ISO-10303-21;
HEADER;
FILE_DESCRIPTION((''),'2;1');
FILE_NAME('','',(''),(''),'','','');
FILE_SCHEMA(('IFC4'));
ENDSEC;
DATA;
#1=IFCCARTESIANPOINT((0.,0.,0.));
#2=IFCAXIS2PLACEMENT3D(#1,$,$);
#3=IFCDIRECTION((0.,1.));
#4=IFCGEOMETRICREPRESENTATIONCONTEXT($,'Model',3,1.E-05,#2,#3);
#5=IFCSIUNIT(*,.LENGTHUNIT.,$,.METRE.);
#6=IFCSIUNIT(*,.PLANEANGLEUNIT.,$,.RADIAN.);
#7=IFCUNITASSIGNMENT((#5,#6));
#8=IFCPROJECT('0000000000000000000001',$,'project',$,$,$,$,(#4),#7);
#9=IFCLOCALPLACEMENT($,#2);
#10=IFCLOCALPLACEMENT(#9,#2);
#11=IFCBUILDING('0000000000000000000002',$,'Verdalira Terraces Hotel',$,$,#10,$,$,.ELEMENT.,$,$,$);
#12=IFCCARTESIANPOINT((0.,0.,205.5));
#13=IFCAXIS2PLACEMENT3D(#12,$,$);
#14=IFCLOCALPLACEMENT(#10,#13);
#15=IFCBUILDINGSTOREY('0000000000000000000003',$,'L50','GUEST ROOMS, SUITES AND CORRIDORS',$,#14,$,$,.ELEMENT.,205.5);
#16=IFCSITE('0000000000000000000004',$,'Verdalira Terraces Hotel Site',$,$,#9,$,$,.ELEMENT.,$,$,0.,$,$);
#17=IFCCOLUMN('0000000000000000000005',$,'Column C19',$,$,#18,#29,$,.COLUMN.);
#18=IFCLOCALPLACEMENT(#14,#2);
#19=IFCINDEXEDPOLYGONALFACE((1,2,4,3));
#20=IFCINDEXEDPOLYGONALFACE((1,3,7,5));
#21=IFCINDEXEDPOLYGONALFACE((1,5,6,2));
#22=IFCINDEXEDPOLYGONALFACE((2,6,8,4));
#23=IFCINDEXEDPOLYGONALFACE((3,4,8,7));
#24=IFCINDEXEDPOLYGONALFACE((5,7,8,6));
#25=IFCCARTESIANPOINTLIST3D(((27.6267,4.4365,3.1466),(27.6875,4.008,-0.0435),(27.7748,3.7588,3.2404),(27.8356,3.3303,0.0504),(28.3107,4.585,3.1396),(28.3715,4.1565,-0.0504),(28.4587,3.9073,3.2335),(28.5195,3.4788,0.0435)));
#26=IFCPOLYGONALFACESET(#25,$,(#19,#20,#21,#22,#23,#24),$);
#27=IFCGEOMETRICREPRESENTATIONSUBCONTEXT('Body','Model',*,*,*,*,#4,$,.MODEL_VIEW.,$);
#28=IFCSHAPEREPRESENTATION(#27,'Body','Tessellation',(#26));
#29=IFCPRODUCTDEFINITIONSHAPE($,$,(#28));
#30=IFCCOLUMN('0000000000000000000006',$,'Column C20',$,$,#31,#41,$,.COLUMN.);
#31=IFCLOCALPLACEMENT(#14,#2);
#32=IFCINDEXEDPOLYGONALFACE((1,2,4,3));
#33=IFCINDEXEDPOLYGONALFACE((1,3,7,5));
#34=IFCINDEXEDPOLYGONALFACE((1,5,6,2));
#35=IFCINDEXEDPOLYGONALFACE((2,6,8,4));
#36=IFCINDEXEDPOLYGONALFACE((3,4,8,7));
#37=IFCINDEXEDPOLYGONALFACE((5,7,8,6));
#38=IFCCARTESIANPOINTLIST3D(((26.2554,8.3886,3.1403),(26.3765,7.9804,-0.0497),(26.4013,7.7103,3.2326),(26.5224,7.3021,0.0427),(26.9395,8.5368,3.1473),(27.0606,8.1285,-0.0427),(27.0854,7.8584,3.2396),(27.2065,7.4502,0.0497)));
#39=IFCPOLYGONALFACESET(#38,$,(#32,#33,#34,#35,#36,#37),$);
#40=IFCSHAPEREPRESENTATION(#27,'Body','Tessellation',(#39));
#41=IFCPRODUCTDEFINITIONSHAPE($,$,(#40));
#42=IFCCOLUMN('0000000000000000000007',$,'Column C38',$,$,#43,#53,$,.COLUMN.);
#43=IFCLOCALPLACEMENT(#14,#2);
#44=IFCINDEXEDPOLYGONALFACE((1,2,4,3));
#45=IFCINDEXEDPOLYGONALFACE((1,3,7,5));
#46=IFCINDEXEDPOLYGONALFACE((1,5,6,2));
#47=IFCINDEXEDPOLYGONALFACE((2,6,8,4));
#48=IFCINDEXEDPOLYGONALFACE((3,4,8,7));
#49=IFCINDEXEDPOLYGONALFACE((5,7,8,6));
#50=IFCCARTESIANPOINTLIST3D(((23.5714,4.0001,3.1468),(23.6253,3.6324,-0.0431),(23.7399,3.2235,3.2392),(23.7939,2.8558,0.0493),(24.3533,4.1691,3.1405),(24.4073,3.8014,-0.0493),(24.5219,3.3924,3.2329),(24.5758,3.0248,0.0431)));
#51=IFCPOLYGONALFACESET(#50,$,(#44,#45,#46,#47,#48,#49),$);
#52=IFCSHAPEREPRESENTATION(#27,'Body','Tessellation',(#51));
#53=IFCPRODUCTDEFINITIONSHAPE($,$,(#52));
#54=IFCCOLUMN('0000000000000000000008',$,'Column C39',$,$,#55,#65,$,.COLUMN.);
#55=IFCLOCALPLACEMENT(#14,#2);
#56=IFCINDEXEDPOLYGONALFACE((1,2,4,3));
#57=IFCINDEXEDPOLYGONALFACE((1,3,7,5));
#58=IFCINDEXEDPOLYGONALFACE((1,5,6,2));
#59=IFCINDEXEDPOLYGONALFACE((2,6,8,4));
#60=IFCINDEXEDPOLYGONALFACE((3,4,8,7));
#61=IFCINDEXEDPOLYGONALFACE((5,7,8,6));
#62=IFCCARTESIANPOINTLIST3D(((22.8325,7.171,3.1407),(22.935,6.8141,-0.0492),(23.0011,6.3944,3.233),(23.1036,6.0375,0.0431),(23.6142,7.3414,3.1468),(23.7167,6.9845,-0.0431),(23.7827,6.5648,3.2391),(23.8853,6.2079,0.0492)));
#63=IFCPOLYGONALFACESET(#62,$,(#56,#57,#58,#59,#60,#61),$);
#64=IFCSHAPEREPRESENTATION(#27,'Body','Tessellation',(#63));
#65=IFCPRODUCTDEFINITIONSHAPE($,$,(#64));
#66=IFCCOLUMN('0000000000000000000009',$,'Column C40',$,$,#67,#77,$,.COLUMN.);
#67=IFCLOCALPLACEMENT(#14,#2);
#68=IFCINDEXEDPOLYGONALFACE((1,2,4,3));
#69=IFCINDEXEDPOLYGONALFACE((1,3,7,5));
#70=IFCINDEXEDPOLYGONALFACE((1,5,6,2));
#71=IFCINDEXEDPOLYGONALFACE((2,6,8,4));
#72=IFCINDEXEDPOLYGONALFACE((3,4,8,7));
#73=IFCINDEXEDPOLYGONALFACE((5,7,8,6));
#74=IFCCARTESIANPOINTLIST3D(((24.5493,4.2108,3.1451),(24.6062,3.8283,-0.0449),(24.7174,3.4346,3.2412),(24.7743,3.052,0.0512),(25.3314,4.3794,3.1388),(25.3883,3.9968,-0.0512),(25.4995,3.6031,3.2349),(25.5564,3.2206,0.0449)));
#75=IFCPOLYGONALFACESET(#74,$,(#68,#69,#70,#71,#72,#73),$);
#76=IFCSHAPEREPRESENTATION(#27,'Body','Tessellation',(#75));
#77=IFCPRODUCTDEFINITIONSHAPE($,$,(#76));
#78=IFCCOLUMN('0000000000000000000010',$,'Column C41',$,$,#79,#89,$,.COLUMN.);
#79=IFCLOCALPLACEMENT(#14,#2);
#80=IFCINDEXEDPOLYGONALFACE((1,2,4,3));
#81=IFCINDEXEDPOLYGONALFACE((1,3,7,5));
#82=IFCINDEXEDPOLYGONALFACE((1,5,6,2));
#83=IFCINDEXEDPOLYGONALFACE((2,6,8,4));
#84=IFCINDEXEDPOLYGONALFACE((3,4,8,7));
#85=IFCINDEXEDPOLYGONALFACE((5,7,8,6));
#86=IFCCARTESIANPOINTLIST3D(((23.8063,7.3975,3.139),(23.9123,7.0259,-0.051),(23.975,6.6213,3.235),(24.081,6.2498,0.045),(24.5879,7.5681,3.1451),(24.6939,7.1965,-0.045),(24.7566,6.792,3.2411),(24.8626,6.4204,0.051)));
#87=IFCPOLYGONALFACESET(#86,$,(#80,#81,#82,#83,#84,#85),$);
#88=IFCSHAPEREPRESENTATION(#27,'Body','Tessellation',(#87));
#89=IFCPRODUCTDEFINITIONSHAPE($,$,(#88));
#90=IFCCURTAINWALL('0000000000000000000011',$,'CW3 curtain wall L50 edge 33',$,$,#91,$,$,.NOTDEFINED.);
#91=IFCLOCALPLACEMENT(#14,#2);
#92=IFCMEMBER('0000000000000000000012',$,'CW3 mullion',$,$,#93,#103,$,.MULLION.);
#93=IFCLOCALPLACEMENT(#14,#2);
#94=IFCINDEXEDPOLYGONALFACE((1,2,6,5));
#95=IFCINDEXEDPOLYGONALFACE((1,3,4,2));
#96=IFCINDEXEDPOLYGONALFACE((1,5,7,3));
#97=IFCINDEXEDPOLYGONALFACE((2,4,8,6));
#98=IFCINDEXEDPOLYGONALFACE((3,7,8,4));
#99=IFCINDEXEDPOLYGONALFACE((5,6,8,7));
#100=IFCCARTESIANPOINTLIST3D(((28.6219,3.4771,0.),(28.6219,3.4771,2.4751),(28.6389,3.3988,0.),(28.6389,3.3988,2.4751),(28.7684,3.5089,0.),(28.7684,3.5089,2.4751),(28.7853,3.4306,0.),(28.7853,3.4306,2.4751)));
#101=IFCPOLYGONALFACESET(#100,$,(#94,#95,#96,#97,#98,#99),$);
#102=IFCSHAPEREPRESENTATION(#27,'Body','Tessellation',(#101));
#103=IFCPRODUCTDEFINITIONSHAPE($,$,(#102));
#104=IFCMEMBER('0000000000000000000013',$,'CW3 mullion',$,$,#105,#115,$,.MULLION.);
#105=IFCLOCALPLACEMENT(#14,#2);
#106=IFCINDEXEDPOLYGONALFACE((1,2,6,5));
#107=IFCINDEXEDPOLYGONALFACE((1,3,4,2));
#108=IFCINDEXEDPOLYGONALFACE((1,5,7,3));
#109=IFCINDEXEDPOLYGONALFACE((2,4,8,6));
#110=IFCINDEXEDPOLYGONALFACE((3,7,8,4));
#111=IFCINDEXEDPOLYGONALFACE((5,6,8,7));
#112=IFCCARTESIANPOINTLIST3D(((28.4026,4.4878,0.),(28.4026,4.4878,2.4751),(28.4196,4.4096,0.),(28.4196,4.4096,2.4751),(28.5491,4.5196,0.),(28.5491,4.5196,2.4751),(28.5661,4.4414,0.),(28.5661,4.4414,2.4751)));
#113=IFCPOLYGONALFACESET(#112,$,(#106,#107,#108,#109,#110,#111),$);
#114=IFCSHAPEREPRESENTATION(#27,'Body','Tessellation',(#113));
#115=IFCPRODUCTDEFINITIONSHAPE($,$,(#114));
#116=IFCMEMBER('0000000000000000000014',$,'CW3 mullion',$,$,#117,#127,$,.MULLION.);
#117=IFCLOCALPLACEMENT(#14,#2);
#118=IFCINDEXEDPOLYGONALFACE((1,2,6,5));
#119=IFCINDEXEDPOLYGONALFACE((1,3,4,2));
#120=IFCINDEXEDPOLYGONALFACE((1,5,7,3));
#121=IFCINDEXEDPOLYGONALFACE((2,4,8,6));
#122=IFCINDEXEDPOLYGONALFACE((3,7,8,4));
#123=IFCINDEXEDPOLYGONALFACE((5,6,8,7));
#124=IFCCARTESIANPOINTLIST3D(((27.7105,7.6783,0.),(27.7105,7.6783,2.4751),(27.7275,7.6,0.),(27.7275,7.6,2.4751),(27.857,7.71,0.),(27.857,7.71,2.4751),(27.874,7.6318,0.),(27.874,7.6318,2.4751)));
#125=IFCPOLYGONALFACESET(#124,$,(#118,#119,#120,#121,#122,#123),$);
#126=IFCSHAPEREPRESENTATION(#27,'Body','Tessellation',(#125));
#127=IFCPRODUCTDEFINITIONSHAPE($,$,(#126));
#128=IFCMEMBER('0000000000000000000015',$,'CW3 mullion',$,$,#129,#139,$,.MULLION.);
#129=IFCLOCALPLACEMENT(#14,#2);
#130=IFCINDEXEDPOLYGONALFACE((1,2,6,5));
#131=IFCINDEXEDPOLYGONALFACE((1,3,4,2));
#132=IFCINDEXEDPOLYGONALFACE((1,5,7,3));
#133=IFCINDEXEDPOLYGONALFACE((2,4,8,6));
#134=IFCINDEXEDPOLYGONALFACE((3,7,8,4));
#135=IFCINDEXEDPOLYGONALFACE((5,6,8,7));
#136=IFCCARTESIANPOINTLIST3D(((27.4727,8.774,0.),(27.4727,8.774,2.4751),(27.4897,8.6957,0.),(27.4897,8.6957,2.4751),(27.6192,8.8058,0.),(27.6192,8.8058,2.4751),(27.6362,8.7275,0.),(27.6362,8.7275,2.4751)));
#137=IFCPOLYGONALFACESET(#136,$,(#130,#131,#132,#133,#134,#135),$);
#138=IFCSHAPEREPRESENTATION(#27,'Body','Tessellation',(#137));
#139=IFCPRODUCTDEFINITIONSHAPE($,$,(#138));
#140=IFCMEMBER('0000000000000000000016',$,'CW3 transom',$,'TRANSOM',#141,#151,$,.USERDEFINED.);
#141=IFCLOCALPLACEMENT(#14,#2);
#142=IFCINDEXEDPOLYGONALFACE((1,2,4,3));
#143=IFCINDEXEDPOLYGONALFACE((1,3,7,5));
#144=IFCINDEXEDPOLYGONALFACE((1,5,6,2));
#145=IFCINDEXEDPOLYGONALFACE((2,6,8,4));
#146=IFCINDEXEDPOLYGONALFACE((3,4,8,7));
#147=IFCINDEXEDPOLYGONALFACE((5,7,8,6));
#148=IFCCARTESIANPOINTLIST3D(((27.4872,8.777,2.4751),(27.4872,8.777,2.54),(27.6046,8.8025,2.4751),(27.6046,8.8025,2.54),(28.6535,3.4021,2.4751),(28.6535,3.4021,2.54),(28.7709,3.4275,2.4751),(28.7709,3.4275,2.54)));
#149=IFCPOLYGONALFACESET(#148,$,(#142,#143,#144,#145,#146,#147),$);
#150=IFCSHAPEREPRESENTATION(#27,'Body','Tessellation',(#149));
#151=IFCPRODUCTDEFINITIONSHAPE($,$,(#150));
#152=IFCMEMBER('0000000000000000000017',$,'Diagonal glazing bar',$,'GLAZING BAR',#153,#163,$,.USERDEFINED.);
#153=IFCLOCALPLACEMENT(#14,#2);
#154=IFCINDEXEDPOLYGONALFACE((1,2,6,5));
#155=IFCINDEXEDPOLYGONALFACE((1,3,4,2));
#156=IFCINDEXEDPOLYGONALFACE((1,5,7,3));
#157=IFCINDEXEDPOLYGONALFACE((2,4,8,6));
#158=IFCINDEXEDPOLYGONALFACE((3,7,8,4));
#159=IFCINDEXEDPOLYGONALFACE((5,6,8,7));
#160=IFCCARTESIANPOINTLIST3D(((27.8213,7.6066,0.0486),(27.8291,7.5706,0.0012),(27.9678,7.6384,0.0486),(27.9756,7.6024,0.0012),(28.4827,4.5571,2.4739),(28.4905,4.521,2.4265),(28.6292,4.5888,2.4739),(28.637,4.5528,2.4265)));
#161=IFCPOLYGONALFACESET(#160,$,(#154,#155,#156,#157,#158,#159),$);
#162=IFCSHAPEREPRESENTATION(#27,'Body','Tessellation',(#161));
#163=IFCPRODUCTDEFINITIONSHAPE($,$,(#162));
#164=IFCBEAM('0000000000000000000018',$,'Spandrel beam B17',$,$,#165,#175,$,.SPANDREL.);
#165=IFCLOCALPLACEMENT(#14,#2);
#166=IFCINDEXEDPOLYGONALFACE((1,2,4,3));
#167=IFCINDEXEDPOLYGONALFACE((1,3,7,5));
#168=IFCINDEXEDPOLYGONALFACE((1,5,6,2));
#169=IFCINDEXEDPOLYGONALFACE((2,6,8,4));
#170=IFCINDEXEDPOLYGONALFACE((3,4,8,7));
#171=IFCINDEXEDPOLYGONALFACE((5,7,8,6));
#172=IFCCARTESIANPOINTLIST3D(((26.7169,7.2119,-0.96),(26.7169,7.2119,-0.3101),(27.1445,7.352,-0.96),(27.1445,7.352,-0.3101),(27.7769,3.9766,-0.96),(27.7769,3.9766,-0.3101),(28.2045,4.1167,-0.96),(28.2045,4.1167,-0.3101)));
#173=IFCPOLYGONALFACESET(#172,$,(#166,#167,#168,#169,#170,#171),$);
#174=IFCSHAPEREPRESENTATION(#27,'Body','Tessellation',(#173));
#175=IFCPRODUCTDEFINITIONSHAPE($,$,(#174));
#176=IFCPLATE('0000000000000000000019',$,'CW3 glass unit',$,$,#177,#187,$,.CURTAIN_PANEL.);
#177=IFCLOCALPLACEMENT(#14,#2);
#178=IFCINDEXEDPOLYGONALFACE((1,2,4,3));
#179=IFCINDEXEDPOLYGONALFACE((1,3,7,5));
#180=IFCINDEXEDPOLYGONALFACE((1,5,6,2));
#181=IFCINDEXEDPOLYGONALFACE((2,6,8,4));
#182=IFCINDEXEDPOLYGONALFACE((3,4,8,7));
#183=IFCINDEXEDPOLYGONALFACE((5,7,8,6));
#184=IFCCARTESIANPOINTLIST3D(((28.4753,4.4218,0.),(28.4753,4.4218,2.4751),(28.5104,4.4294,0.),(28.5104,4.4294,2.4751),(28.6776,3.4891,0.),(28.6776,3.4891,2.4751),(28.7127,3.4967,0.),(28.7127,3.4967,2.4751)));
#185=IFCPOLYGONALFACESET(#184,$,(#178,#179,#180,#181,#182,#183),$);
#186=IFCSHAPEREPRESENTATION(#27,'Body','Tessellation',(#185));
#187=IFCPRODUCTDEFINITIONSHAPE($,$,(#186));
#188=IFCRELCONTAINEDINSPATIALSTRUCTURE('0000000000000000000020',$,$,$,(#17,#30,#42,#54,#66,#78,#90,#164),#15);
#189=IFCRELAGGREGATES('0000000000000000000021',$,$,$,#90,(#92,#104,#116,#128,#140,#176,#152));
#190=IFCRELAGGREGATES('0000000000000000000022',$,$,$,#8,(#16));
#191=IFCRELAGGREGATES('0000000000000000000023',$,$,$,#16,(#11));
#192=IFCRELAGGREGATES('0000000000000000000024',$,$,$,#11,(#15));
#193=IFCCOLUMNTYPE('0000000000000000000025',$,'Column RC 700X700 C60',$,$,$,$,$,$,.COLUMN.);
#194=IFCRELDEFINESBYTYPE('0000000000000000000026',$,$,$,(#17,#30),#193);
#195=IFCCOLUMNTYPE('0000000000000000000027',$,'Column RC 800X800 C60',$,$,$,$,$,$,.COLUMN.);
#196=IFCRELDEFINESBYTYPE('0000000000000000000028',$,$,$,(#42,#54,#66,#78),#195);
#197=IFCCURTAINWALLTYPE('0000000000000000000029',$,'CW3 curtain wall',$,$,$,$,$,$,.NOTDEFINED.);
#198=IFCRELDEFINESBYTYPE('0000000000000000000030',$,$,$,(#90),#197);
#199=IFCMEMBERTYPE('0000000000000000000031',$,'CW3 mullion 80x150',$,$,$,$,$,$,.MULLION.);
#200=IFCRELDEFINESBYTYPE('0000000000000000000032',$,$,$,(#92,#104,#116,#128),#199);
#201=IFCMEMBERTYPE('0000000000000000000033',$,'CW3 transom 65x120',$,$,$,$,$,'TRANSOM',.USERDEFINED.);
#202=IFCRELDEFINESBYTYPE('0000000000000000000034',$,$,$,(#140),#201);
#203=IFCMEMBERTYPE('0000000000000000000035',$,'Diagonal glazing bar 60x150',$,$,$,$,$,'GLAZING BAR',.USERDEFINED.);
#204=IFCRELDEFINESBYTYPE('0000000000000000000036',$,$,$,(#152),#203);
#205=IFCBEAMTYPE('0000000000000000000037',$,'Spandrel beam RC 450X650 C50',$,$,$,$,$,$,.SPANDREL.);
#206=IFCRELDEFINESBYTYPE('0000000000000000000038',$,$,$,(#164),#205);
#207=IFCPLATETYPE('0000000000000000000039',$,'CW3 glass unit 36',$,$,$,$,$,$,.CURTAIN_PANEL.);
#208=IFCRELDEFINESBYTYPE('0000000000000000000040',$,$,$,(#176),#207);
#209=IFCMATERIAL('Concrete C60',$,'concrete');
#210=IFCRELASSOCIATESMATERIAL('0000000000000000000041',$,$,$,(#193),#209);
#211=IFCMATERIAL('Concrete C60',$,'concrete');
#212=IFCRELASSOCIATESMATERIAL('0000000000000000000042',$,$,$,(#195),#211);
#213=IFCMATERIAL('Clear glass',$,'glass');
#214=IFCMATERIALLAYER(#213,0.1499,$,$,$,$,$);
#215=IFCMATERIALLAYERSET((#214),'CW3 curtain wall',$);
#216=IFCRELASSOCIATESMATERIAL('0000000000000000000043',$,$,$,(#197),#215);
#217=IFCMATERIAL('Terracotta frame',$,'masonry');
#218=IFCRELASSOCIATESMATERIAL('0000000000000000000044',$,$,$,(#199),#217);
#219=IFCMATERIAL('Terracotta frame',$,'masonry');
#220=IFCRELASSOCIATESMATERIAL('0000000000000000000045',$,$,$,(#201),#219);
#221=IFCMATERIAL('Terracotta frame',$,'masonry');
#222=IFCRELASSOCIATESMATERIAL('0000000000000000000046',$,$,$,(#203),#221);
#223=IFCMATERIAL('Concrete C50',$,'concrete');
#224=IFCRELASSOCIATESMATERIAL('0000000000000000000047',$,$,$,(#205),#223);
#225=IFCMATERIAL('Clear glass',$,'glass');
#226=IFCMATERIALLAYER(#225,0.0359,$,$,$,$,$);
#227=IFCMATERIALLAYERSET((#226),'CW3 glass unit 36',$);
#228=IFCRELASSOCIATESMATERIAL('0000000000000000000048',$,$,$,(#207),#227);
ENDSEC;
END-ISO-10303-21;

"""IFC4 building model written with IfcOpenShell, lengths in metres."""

from ifc_helpers import new_model, si_unit, direction, frame, origin, origin_2d, place, context, subcontext, project, spatial, rectangle, extrude, material, layer, layer_set, material_profile, profile_set, type_object, element, aggregate, save


model = new_model("IFC4")

# Units and contexts
model_context = context("Model", 3, precision=1e-05, world=origin(), true_north=direction((0.0, 1.0)))
body_context = subcontext(model_context, "Body", "Model", "MODEL_VIEW")
ifc_project = project(units=[si_unit("LENGTHUNIT", "METRE"), si_unit("PLANEANGLEUNIT", "RADIAN")], contexts=[model_context])

# Site, building, storey
site_placement = place(None, origin())
site = spatial("IfcSite", under=ifc_project, at=site_placement, Name="Verdalira Terraces Hotel Site", CompositionType="ELEMENT", RefElevation=0.0)
building_placement = place(site_placement, origin())
building = spatial("IfcBuilding", under=site, at=building_placement, Name="Verdalira Terraces Hotel", CompositionType="ELEMENT")
storey_placement = place(building_placement, frame((0.0, 0.0, 205.5)))
storey = spatial("IfcBuildingStorey", under=building, at=storey_placement, Name="L50", Description="GUEST ROOMS, SUITES AND CORRIDORS", CompositionType="ELEMENT", Elevation=205.5)

# Columns
ifc_material_1 = material(Name="Concrete C60", Category="concrete")
ifc_material_profile_1 = material_profile(ifc_material_1, rectangle(XDim=0.7, YDim=0.7, at=origin_2d()), Name="RC 700X700")
ifc_profile_set_1 = profile_set([ifc_material_profile_1], Name="Concrete C60")
column_type_1 = type_object("IfcColumnType", Name="Column RC 700X700 C60", PredefinedType="COLUMN", material=ifc_profile_set_1)
column_1_placement = place(storey_placement, frame((28.1035, 3.7434, 0.0), z_axis=(-0.018884, 0.133099, 0.990923), x_axis=(-0.211529, 0.968133, -0.134069)))
element("IfcColumn", 1, at=column_1_placement, inside=storey, type_object=column_type_1, Name="Column C19", PredefinedType="COLUMN", context=body_context, shape_type="SweptSolid", body=[
    extrude(rectangle(XDim=0.7, YDim=0.7, at=origin_2d()), origin(), (0.0, 0.0, 1.0), 3.2192),
])
column_2_placement = place(storey_placement, frame((26.7915, 7.7153, 0.0), z_axis=(-0.037627, 0.126841, 0.991209), x_axis=(-0.208486, 0.969087, -0.131924)))
element("IfcColumn", 2, at=column_2_placement, inside=storey, type_object=column_type_1, Name="Column C20", PredefinedType="COLUMN", context=body_context, shape_type="SweptSolid", body=[
    extrude(rectangle(XDim=0.7, YDim=0.7, at=origin_2d()), origin(), (0.0, 0.0, 1.0), 3.2183),
])
ifc_material_2 = material(Name="Concrete C60", Category="concrete")
ifc_material_profile_2 = material_profile(ifc_material_2, rectangle(XDim=0.8, YDim=0.8, at=origin_2d()), Name="RC 800X800")
ifc_profile_set_2 = profile_set([ifc_material_profile_2], Name="Concrete C60")
column_type_2 = type_object("IfcColumnType", Name="Column RC 800X800 C60", PredefinedType="COLUMN", material=ifc_profile_set_2)
for number, where, z_axis, x_axis, name in (
    (3, (24.1006, 3.3286, 0.0), (-0.016801, 0.114487, 0.993283), (0.977414, 0.211191, -0.00781), "Column C38"),
    (4, (23.4102, 6.511, 0.0), (-0.031929, 0.111143, 0.993291), (0.977034, 0.21295, 0.007579), "Column C39"),
):
    element("IfcColumn", number, at=place(storey_placement, frame(where, z_axis=z_axis, x_axis=x_axis)), inside=storey, type_object=column_type_2, Name=name, PredefinedType="COLUMN", context=body_context, shape_type="SweptSolid", body=[
        extrude(rectangle(XDim=0.8, YDim=0.8, at=origin_2d()), origin(), (0.0, 0.0, 1.0), 3.2114),
    ])
for number, where, z_axis, x_axis, name in (
    (5, (25.0813, 3.5244, 0.0), (-0.017703, 0.119058, 0.99273), (0.977517, 0.210712, -0.007839), "Column C40"),
    (6, (24.3875, 6.7231, 0.0), (-0.032975, 0.11564, 0.992744), (0.976959, 0.213292, 0.007605), "Column C41"),
):
    element("IfcColumn", number, at=place(storey_placement, frame(where, z_axis=z_axis, x_axis=x_axis)), inside=storey, type_object=column_type_2, Name=name, PredefinedType="COLUMN", context=body_context, shape_type="SweptSolid", body=[
        extrude(rectangle(XDim=0.8, YDim=0.8, at=origin_2d()), origin(), (0.0, 0.0, 1.0), 3.2134),
    ])

# Curtain wall, members
ifc_material_3 = material(Name="Clear glass", Category="glass")
ifc_layer_1 = layer(ifc_material_3, 0.1499)
ifc_layer_set_1 = layer_set([ifc_layer_1], Name="CW3 curtain wall")
curtain_wall_type = type_object("IfcCurtainWallType", Name="CW3 curtain wall", PredefinedType="NOTDEFINED", material=ifc_layer_set_1)
curtain_wall_placement = place(storey_placement, origin())
curtain_wall = element("IfcCurtainWall", 7, at=curtain_wall_placement, inside=storey, type_object=curtain_wall_type, Name="CW3 curtain wall L50 edge 33", PredefinedType="NOTDEFINED")
ifc_material_4 = material(Name="Terracotta frame", Category="masonry")
ifc_material_profile_3 = material_profile(ifc_material_4, rectangle(XDim=0.0801, YDim=0.1499, at=origin_2d()), Name="MU 80x150")
ifc_profile_set_3 = profile_set([ifc_material_profile_3], Name="Terracotta frame")
member_type_1 = type_object("IfcMemberType", Name="CW3 mullion 80x150", PredefinedType="MULLION", material=ifc_profile_set_3)
member_1_placement = place(storey_placement, frame((28.7036, 3.4539, 0.0), z_axis=(0.0, 0.0, 1.0), x_axis=(-0.212007, 0.977268, 0.0)))
member_1 = element("IfcMember", 8, at=member_1_placement, type_object=member_type_1, Name="CW3 mullion", PredefinedType="MULLION", context=body_context, shape_type="SweptSolid", body=[
    extrude(rectangle(XDim=0.0801, YDim=0.1499, at=origin_2d()), origin(), (0.0, 0.0, 1.0), 2.4751),
])
member_2_placement = place(storey_placement, frame((28.4844, 4.4646, 0.0), z_axis=(0.0, 0.0, 1.0), x_axis=(-0.212007, 0.977268, 0.0)))
member_2 = element("IfcMember", 9, at=member_2_placement, type_object=member_type_1, Name="CW3 mullion", PredefinedType="MULLION", context=body_context, shape_type="SweptSolid", body=[
    extrude(rectangle(XDim=0.0801, YDim=0.1499, at=origin_2d()), origin(), (0.0, 0.0, 1.0), 2.4751),
])
member_3_placement = place(storey_placement, frame((27.7922, 7.655, 0.0), z_axis=(0.0, 0.0, 1.0), x_axis=(-0.212007, 0.977268, 0.0)))
member_3 = element("IfcMember", 10, at=member_3_placement, type_object=member_type_1, Name="CW3 mullion", PredefinedType="MULLION", context=body_context, shape_type="SweptSolid", body=[
    extrude(rectangle(XDim=0.0801, YDim=0.1499, at=origin_2d()), origin(), (0.0, 0.0, 1.0), 2.4751),
])
member_4_placement = place(storey_placement, frame((27.5544, 8.7507, 0.0), z_axis=(0.0, 0.0, 1.0), x_axis=(-0.212007, 0.977268, 0.0)))
member_4 = element("IfcMember", 11, at=member_4_placement, type_object=member_type_1, Name="CW3 mullion", PredefinedType="MULLION", context=body_context, shape_type="SweptSolid", body=[
    extrude(rectangle(XDim=0.0801, YDim=0.1499, at=origin_2d()), origin(), (0.0, 0.0, 1.0), 2.4751),
])
ifc_material_5 = material(Name="Terracotta frame", Category="masonry")
ifc_material_profile_4 = material_profile(ifc_material_5, rectangle(XDim=0.1201, YDim=0.0649, at=origin_2d()), Name="TR 65x120")
ifc_profile_set_4 = profile_set([ifc_material_profile_4], Name="Terracotta frame")
member_type_2 = type_object("IfcMemberType", Name="CW3 transom 65x120", ElementType="TRANSOM", PredefinedType="USERDEFINED", material=ifc_profile_set_4)
member_5_placement = place(storey_placement, frame((28.7122, 3.4148, 2.5076), z_axis=(-0.212044, 0.97726, 0.0), x_axis=(-0.97726, -0.212044, 0.0)))
member_5 = element("IfcMember", 12, at=member_5_placement, type_object=member_type_2, Name="CW3 transom", ObjectType="TRANSOM", PredefinedType="USERDEFINED", context=body_context, shape_type="SweptSolid", body=[
    extrude(rectangle(XDim=0.1201, YDim=0.0649, at=origin_2d()), origin(), (0.0, 0.0, 1.0), 5.5),
])
ifc_material_6 = material(Name="Terracotta frame", Category="masonry")
ifc_material_profile_5 = material_profile(ifc_material_6, rectangle(XDim=0.1499, YDim=0.0601, at=origin_2d()), Name="GB 60x150")
ifc_profile_set_5 = profile_set([ifc_material_profile_5], Name="Terracotta frame")
member_type_3 = type_object("IfcMemberType", Name="Diagonal glazing bar 60x150", ElementType="GLAZING BAR", PredefinedType="USERDEFINED", material=ifc_profile_set_5)
member_6_placement = place(storey_placement, frame((28.5598, 4.5549, 2.4502), z_axis=(-0.167347, 0.771626, -0.613668), x_axis=(-0.977281, -0.211949, 0.0)))
member_6 = element("IfcMember", 13, at=member_6_placement, type_object=member_type_3, Name="Diagonal glazing bar", ObjectType="GLAZING BAR", PredefinedType="USERDEFINED", context=body_context, shape_type="SweptSolid", body=[
    extrude(rectangle(XDim=0.1499, YDim=0.0601, at=origin_2d()), origin(), (0.0, 0.0, 1.0), 3.9521),
])

# Beam
ifc_material_7 = material(Name="Concrete C50", Category="concrete")
ifc_material_profile_6 = material_profile(ifc_material_7, rectangle(XDim=0.45, YDim=0.6499, at=origin_2d()), Name="RC 450X650")
ifc_profile_set_6 = profile_set([ifc_material_profile_6], Name="Concrete C50")
beam_type = type_object("IfcBeamType", Name="Spandrel beam RC 450X650 C50", PredefinedType="SPANDREL", material=ifc_profile_set_6)
beam_placement = place(storey_placement, frame((27.9907, 4.0466, -0.635), z_axis=(-0.311362, 0.950291, 0.0), x_axis=(-0.950291, -0.311362, 0.0)))
element("IfcBeam", 14, at=beam_placement, inside=storey, type_object=beam_type, Name="Spandrel beam B17", PredefinedType="SPANDREL", context=body_context, shape_type="SweptSolid", body=[
    extrude(rectangle(XDim=0.45, YDim=0.6499, at=origin_2d()), origin(), (0.0, 0.0, 1.0), 3.4045),
])

# Plate
ifc_material_8 = material(Name="Clear glass", Category="glass")
ifc_layer_2 = layer(ifc_material_8, 0.0359)
ifc_layer_set_2 = layer_set([ifc_layer_2], Name="CW3 glass unit 36")
plate_type = type_object("IfcPlateType", Name="CW3 glass unit 36", PredefinedType="CURTAIN_PANEL", material=ifc_layer_set_2)
plate_1_placement = place(storey_placement, frame((28.594, 3.9592, 0.0), z_axis=(0.0, 0.0, 1.0), x_axis=(-0.212007, 0.977268, 0.0)))
plate_1 = element("IfcPlate", 15, at=plate_1_placement, type_object=plate_type, Name="CW3 glass unit", PredefinedType="CURTAIN_PANEL", context=body_context, shape_type="SweptSolid", body=[
    extrude(rectangle(XDim=0.9543, YDim=0.0359, at=origin_2d()), origin(), (0.0, 0.0, 1.0), 2.4751),
])
aggregate(curtain_wall, [member_1, member_2, member_3, member_4, member_5, plate_1, member_6])

save(model, "model.ifc")
